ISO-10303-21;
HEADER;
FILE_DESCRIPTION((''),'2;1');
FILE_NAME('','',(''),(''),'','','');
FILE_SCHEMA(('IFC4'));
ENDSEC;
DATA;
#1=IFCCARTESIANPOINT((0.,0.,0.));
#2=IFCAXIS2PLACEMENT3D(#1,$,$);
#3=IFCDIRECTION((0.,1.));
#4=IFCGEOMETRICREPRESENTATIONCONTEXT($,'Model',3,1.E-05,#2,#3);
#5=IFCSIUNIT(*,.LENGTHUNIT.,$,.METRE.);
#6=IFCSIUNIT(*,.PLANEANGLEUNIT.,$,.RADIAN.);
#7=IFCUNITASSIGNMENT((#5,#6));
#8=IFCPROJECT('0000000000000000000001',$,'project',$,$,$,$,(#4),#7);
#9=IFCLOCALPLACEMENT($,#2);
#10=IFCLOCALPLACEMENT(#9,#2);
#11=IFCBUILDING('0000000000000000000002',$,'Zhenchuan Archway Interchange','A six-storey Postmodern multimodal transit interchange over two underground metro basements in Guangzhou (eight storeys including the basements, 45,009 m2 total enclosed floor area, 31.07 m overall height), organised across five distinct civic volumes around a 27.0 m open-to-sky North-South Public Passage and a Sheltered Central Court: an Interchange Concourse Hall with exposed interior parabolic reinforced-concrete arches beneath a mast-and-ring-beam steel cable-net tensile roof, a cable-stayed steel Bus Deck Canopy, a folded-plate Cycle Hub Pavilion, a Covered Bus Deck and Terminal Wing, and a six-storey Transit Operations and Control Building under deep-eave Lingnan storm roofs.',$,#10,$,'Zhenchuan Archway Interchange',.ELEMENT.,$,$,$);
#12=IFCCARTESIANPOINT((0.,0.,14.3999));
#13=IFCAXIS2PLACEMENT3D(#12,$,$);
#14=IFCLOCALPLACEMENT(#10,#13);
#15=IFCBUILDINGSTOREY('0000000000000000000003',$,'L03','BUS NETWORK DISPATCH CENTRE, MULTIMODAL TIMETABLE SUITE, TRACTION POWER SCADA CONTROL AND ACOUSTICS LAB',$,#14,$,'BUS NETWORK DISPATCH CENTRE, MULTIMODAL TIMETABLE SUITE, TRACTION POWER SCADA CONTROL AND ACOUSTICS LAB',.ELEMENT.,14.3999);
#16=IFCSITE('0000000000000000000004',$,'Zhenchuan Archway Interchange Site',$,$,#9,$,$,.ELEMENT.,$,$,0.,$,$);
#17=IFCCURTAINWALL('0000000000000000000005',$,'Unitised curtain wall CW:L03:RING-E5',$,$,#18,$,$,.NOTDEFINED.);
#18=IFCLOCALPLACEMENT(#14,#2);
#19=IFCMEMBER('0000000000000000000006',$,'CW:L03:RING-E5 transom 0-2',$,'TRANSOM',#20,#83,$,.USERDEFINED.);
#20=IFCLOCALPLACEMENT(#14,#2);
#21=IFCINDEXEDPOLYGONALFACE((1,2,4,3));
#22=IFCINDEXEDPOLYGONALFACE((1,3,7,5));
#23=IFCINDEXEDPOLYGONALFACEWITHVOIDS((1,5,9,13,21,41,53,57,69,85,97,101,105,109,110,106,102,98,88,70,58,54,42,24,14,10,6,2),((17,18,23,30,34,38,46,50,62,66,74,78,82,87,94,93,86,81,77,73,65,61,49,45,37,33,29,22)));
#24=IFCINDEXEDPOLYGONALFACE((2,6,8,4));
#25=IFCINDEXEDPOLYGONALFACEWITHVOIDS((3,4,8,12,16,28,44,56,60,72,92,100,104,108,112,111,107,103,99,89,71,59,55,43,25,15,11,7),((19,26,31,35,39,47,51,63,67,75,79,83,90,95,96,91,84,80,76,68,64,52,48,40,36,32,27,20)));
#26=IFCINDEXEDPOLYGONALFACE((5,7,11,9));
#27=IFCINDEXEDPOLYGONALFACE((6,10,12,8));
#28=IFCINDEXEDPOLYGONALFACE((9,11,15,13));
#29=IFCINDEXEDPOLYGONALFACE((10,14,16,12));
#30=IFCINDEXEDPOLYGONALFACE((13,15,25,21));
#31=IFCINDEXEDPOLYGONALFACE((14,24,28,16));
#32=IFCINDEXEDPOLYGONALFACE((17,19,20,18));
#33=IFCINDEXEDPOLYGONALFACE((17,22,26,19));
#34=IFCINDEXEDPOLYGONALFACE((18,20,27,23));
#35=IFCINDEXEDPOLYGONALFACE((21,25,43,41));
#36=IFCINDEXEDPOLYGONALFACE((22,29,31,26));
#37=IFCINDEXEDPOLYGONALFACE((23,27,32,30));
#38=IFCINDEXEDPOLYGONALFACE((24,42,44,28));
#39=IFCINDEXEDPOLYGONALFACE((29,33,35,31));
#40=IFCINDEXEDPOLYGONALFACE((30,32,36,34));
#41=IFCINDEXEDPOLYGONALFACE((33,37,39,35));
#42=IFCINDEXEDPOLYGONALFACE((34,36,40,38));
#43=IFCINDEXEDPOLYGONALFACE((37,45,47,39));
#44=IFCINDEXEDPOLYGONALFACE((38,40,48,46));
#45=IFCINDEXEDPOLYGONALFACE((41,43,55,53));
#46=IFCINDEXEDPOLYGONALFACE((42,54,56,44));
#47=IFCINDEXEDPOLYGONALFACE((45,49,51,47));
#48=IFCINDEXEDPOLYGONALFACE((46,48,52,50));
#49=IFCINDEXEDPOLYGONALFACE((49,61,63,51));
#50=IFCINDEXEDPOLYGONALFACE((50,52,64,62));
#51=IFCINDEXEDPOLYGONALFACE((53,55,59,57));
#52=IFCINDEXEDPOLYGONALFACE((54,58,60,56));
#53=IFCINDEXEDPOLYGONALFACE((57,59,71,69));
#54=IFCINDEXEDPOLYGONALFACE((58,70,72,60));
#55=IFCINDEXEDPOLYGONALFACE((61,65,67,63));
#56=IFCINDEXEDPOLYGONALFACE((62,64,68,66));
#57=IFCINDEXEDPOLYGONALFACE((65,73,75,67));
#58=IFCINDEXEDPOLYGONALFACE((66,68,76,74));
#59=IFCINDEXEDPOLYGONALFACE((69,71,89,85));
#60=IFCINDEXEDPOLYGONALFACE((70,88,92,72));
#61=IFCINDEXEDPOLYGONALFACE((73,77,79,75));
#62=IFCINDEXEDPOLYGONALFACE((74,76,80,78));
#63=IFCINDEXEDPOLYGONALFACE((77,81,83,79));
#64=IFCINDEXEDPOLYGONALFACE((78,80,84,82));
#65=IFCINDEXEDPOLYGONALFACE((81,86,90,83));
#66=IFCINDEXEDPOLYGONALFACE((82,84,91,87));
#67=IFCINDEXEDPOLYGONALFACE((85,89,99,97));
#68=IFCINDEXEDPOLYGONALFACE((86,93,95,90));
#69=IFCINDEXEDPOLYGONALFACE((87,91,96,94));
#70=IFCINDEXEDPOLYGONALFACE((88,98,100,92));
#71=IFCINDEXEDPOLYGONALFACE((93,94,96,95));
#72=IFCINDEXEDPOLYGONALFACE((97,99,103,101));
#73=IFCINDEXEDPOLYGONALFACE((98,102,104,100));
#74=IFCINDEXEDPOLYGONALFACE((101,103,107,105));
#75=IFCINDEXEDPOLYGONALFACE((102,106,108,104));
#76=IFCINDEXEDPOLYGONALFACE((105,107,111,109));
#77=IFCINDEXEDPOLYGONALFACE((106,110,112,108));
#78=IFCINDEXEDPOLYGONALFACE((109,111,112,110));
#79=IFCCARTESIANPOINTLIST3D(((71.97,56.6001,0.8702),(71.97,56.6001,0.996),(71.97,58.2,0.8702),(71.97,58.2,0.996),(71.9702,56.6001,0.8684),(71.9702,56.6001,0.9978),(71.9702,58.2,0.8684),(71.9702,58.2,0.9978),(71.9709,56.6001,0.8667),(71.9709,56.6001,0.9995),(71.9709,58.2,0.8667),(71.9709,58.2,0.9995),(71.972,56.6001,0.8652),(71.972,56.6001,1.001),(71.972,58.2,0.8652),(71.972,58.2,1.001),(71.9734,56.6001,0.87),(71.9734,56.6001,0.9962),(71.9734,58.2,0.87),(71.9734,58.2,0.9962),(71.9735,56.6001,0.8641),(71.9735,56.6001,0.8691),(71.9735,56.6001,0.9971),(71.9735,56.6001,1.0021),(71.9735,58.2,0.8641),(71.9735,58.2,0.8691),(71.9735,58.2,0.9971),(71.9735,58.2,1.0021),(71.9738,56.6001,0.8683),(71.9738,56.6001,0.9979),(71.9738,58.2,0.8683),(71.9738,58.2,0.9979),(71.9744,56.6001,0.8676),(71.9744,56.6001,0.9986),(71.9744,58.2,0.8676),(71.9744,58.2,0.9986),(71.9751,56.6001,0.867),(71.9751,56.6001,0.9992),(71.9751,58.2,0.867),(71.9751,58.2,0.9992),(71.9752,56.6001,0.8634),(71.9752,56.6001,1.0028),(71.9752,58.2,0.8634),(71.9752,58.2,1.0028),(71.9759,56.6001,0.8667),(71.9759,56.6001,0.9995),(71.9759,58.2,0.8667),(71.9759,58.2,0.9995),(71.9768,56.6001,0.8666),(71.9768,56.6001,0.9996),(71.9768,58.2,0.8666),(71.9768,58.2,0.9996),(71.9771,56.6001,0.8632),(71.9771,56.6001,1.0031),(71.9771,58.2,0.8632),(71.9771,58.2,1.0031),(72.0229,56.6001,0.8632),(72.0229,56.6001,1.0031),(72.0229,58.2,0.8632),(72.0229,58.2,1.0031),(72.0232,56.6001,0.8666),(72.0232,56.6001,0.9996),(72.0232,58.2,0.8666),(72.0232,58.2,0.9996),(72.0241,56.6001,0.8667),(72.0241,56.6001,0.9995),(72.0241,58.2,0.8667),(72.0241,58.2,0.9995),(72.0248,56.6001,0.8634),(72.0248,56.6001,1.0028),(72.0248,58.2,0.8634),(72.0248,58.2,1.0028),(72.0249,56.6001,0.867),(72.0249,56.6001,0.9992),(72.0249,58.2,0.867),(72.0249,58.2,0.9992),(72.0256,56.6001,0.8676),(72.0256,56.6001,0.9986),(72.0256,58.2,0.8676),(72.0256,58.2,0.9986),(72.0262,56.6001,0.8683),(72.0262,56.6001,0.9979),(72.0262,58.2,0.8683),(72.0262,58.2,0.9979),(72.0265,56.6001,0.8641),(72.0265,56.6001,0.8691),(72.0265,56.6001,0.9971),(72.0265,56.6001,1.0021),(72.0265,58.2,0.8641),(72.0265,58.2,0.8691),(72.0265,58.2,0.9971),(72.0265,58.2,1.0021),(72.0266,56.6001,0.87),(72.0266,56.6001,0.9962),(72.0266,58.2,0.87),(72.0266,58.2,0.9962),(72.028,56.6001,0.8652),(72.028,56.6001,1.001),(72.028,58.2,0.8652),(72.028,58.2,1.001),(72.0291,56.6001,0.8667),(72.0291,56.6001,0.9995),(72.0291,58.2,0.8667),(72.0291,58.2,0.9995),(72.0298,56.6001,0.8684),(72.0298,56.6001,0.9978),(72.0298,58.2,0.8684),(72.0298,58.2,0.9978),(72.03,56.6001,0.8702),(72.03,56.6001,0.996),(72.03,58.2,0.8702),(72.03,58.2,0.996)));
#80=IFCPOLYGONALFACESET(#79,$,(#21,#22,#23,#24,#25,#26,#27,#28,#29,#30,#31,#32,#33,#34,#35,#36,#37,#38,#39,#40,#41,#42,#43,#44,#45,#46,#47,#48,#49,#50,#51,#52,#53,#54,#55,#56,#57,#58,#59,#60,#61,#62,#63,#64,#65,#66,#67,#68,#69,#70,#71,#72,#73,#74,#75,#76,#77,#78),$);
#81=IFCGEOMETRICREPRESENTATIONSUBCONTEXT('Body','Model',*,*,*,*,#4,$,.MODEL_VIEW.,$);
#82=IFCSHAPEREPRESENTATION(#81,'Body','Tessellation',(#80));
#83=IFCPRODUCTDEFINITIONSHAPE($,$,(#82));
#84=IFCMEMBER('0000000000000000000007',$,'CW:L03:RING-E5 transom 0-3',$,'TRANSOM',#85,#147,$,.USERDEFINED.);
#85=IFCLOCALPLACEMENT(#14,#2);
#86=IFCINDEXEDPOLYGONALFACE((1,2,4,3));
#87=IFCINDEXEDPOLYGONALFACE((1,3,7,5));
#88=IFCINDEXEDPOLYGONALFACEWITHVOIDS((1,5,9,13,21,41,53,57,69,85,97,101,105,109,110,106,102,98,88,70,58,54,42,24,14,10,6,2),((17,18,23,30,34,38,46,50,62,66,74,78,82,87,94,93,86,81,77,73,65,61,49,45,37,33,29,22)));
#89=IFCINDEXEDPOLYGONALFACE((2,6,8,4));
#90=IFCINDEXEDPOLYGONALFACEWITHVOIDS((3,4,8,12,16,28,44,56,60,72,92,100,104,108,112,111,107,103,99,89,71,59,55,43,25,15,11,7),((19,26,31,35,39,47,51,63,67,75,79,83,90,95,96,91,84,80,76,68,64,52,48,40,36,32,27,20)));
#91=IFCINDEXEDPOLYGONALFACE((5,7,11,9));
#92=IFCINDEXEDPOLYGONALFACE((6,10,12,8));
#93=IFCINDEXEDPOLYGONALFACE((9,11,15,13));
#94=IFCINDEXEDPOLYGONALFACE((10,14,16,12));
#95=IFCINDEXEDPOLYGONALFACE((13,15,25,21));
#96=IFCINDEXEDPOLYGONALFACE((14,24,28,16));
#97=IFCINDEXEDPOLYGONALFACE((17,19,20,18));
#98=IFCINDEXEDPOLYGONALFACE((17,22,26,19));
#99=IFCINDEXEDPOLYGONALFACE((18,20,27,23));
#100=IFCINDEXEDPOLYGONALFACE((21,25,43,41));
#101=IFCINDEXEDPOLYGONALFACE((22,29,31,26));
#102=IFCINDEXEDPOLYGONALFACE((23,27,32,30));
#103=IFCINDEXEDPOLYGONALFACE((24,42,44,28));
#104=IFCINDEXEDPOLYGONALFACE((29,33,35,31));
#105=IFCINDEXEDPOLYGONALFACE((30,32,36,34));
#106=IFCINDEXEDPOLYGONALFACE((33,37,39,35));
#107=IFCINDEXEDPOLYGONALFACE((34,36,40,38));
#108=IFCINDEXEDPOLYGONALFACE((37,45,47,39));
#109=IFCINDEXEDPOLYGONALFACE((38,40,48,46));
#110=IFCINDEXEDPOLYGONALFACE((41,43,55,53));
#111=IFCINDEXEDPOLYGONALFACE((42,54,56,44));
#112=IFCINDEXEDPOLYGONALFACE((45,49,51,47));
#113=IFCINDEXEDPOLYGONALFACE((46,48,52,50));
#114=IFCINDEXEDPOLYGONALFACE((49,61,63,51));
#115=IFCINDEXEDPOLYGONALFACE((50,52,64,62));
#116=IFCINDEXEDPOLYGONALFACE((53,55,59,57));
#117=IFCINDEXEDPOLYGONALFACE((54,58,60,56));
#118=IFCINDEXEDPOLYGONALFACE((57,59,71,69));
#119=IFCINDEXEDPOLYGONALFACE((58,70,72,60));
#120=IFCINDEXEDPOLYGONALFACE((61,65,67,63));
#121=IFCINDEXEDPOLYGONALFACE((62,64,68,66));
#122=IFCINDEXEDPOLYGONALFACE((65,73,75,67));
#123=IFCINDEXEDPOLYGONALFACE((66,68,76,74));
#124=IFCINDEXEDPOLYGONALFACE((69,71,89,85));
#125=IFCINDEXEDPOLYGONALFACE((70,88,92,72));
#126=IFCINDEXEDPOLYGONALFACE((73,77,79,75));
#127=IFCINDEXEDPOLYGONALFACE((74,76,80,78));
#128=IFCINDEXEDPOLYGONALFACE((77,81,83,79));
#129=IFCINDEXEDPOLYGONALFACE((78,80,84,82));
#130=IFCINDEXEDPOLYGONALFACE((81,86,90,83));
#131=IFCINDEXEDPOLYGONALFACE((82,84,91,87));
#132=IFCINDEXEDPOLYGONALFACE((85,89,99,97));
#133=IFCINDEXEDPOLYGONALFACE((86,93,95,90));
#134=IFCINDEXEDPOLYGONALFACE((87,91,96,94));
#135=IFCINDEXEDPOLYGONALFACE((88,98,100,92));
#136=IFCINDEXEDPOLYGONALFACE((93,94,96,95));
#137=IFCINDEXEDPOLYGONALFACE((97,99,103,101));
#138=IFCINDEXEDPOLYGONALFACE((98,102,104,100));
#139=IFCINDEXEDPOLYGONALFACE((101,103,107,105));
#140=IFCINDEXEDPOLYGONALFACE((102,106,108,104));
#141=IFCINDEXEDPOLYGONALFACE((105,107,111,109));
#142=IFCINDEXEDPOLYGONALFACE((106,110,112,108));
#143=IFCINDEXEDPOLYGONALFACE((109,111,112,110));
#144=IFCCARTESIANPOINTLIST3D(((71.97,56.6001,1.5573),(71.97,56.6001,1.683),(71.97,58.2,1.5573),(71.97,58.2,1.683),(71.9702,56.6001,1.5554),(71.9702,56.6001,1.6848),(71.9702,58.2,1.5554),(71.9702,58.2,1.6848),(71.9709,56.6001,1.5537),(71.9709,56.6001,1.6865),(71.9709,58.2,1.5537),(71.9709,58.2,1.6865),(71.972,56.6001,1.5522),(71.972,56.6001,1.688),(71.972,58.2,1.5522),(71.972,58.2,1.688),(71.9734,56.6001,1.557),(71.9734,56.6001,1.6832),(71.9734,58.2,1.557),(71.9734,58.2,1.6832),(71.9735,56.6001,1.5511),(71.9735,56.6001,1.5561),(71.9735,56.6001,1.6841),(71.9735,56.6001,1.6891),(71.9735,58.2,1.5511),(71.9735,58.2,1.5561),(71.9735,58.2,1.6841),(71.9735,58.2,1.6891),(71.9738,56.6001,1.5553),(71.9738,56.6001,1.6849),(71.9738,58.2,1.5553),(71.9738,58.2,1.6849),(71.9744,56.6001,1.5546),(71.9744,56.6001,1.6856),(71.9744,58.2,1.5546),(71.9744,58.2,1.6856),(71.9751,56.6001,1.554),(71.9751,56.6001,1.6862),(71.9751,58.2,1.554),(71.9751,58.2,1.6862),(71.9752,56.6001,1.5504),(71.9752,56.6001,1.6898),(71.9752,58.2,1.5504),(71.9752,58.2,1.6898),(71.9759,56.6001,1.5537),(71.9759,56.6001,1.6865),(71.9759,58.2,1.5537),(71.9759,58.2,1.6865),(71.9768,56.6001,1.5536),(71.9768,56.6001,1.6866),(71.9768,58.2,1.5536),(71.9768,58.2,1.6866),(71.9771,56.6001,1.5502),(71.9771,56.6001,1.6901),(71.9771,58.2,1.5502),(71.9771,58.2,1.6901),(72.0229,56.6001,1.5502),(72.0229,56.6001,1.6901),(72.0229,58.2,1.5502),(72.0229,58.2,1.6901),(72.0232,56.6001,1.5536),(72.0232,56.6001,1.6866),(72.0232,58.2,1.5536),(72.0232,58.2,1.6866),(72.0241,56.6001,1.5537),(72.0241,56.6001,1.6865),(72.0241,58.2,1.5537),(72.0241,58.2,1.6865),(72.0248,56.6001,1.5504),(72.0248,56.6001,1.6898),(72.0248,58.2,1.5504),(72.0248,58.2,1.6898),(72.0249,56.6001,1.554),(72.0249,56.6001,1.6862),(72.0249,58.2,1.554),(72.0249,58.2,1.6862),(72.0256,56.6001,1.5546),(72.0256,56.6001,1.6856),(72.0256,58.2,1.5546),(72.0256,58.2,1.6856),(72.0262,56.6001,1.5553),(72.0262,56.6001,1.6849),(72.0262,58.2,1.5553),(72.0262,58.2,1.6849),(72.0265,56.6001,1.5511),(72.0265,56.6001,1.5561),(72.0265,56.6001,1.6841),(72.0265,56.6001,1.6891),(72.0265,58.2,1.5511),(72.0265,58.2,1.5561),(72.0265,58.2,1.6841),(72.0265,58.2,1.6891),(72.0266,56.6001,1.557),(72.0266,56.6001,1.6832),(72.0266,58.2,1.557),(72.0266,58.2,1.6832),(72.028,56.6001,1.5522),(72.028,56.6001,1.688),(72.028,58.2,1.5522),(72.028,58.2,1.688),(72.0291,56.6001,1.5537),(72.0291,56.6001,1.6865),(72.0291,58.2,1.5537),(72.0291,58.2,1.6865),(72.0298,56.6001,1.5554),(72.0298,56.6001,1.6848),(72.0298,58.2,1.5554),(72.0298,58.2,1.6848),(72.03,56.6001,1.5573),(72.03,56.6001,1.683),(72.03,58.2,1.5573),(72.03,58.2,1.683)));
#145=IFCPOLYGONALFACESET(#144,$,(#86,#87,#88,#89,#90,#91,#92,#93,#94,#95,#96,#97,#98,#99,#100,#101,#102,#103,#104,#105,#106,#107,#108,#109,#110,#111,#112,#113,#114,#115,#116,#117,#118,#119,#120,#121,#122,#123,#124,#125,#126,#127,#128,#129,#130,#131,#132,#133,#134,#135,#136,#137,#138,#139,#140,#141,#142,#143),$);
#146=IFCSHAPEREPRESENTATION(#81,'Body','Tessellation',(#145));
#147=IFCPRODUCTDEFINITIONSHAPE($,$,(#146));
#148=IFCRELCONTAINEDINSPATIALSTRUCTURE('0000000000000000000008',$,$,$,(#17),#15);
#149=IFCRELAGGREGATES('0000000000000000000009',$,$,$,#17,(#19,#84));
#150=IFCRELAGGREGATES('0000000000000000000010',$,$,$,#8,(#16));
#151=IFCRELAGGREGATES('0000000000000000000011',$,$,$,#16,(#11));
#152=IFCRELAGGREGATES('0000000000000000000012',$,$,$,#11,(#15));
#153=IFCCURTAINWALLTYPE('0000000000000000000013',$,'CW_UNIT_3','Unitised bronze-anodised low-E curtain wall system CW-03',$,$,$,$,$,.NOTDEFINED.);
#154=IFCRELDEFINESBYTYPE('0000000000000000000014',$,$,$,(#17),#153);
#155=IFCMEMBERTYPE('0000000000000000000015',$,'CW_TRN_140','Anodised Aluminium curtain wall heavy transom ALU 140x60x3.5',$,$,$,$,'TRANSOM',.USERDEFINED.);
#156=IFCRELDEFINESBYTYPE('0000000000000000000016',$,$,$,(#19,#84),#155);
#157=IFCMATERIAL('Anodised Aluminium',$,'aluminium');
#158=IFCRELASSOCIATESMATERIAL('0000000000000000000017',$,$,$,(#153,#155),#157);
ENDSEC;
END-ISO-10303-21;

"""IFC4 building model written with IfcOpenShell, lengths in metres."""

from ifc_helpers import new_model, si_unit, direction, frame, origin, origin_2d, place, context, subcontext, project, spatial, hollow_rectangle, extrude, material, material_profile, profile_set, type_object, element, aggregate, save


model = new_model("IFC4")

# Units and contexts
model_context = context("Model", 3, precision=1e-05, world=origin(), true_north=direction((0.0, 1.0)))
body_context = subcontext(model_context, "Body", "Model", "MODEL_VIEW")
ifc_project = project(units=[si_unit("LENGTHUNIT", "METRE"), si_unit("PLANEANGLEUNIT", "RADIAN")], contexts=[model_context])

# Site, building, storey
site_placement = place(None, origin())
site = spatial("IfcSite", under=ifc_project, at=site_placement, Name="Zhenchuan Archway Interchange Site", CompositionType="ELEMENT", RefElevation=0.0)
building_placement = place(site_placement, origin())
building = spatial("IfcBuilding", under=site, at=building_placement, Name="Zhenchuan Archway Interchange", Description="A six-storey Postmodern multimodal transit interchange over two underground metro basements in Guangzhou (eight storeys including the basements, 45,009 m2 total enclosed floor area, 31.07 m overall height), organised across five distinct civic volumes around a 27.0 m open-to-sky North-South Public Passage and a Sheltered Central Court: an Interchange Concourse Hall with exposed interior parabolic reinforced-concrete arches beneath a mast-and-ring-beam steel cable-net tensile roof, a cable-stayed steel Bus Deck Canopy, a folded-plate Cycle Hub Pavilion, a Covered Bus Deck and Terminal Wing, and a six-storey Transit Operations and Control Building under deep-eave Lingnan storm roofs.", LongName="Zhenchuan Archway Interchange", CompositionType="ELEMENT")
storey_placement = place(building_placement, frame((0.0, 0.0, 14.3999)))
storey = spatial("IfcBuildingStorey", under=building, at=storey_placement, Name="L03", Description="BUS NETWORK DISPATCH CENTRE, MULTIMODAL TIMETABLE SUITE, TRACTION POWER SCADA CONTROL AND ACOUSTICS LAB", LongName="BUS NETWORK DISPATCH CENTRE, MULTIMODAL TIMETABLE SUITE, TRACTION POWER SCADA CONTROL AND ACOUSTICS LAB", CompositionType="ELEMENT", Elevation=14.3999)

# Curtain wall
ifc_material_1 = material(Name="Anodised Aluminium", Category="aluminium")
curtain_wall_type = type_object("IfcCurtainWallType", Name="CW_UNIT_3", Description="Unitised bronze-anodised low-E curtain wall system CW-03", PredefinedType="NOTDEFINED", material=ifc_material_1)
curtain_wall_1_placement = place(storey_placement, origin())
curtain_wall_1 = element("IfcCurtainWall", 1, at=curtain_wall_1_placement, inside=storey, type_object=curtain_wall_type, Name="Unitised curtain wall CW:L03:RING-E5", PredefinedType="NOTDEFINED")

# Members
ifc_material_profile_1 = material_profile(ifc_material_1, hollow_rectangle(XDim=0.0601, YDim=0.1399, WallThickness=0.0034, InnerFilletRadius=0.0034, OuterFilletRadius=0.0071, at=origin_2d()), Name="ALU 140x60x3.5")
ifc_profile_set_1 = profile_set([ifc_material_profile_1], Name="Anodised Aluminium")
member_type_1 = type_object("IfcMemberType", Name="CW_TRN_140", Description="Anodised Aluminium curtain wall heavy transom ALU 140x60x3.5", ElementType="TRANSOM", PredefinedType="USERDEFINED", material=ifc_profile_set_1)
member_1_placement = place(storey_placement, frame((72.0, 56.6001, 0.9331), z_axis=(0.0, 1.0, 0.0), x_axis=(-1.0, 0.0, 0.0)))
member_1 = element("IfcMember", 2, at=member_1_placement, type_object=member_type_1, Name="CW:L03:RING-E5 transom 0-2", ObjectType="TRANSOM", PredefinedType="USERDEFINED", context=body_context, shape_type="SweptSolid", body=[
    extrude(hollow_rectangle(XDim=0.0601, YDim=0.1399, WallThickness=0.0034, InnerFilletRadius=0.0034, OuterFilletRadius=0.0071, at=origin_2d()), origin(), (0.0, 0.0, 1.0), 1.5999),
])
member_2_placement = place(storey_placement, frame((72.0, 56.6001, 1.6201), z_axis=(0.0, 1.0, 0.0), x_axis=(-1.0, 0.0, 0.0)))
member_2 = element("IfcMember", 3, at=member_2_placement, type_object=member_type_1, Name="CW:L03:RING-E5 transom 0-3", ObjectType="TRANSOM", PredefinedType="USERDEFINED", context=body_context, shape_type="SweptSolid", body=[
    extrude(hollow_rectangle(XDim=0.0601, YDim=0.1399, WallThickness=0.0034, InnerFilletRadius=0.0034, OuterFilletRadius=0.0071, at=origin_2d()), origin(), (0.0, 0.0, 1.0), 1.5999),
])

aggregate(curtain_wall_1, [member_1, member_2])

save(model, "model.ifc")
